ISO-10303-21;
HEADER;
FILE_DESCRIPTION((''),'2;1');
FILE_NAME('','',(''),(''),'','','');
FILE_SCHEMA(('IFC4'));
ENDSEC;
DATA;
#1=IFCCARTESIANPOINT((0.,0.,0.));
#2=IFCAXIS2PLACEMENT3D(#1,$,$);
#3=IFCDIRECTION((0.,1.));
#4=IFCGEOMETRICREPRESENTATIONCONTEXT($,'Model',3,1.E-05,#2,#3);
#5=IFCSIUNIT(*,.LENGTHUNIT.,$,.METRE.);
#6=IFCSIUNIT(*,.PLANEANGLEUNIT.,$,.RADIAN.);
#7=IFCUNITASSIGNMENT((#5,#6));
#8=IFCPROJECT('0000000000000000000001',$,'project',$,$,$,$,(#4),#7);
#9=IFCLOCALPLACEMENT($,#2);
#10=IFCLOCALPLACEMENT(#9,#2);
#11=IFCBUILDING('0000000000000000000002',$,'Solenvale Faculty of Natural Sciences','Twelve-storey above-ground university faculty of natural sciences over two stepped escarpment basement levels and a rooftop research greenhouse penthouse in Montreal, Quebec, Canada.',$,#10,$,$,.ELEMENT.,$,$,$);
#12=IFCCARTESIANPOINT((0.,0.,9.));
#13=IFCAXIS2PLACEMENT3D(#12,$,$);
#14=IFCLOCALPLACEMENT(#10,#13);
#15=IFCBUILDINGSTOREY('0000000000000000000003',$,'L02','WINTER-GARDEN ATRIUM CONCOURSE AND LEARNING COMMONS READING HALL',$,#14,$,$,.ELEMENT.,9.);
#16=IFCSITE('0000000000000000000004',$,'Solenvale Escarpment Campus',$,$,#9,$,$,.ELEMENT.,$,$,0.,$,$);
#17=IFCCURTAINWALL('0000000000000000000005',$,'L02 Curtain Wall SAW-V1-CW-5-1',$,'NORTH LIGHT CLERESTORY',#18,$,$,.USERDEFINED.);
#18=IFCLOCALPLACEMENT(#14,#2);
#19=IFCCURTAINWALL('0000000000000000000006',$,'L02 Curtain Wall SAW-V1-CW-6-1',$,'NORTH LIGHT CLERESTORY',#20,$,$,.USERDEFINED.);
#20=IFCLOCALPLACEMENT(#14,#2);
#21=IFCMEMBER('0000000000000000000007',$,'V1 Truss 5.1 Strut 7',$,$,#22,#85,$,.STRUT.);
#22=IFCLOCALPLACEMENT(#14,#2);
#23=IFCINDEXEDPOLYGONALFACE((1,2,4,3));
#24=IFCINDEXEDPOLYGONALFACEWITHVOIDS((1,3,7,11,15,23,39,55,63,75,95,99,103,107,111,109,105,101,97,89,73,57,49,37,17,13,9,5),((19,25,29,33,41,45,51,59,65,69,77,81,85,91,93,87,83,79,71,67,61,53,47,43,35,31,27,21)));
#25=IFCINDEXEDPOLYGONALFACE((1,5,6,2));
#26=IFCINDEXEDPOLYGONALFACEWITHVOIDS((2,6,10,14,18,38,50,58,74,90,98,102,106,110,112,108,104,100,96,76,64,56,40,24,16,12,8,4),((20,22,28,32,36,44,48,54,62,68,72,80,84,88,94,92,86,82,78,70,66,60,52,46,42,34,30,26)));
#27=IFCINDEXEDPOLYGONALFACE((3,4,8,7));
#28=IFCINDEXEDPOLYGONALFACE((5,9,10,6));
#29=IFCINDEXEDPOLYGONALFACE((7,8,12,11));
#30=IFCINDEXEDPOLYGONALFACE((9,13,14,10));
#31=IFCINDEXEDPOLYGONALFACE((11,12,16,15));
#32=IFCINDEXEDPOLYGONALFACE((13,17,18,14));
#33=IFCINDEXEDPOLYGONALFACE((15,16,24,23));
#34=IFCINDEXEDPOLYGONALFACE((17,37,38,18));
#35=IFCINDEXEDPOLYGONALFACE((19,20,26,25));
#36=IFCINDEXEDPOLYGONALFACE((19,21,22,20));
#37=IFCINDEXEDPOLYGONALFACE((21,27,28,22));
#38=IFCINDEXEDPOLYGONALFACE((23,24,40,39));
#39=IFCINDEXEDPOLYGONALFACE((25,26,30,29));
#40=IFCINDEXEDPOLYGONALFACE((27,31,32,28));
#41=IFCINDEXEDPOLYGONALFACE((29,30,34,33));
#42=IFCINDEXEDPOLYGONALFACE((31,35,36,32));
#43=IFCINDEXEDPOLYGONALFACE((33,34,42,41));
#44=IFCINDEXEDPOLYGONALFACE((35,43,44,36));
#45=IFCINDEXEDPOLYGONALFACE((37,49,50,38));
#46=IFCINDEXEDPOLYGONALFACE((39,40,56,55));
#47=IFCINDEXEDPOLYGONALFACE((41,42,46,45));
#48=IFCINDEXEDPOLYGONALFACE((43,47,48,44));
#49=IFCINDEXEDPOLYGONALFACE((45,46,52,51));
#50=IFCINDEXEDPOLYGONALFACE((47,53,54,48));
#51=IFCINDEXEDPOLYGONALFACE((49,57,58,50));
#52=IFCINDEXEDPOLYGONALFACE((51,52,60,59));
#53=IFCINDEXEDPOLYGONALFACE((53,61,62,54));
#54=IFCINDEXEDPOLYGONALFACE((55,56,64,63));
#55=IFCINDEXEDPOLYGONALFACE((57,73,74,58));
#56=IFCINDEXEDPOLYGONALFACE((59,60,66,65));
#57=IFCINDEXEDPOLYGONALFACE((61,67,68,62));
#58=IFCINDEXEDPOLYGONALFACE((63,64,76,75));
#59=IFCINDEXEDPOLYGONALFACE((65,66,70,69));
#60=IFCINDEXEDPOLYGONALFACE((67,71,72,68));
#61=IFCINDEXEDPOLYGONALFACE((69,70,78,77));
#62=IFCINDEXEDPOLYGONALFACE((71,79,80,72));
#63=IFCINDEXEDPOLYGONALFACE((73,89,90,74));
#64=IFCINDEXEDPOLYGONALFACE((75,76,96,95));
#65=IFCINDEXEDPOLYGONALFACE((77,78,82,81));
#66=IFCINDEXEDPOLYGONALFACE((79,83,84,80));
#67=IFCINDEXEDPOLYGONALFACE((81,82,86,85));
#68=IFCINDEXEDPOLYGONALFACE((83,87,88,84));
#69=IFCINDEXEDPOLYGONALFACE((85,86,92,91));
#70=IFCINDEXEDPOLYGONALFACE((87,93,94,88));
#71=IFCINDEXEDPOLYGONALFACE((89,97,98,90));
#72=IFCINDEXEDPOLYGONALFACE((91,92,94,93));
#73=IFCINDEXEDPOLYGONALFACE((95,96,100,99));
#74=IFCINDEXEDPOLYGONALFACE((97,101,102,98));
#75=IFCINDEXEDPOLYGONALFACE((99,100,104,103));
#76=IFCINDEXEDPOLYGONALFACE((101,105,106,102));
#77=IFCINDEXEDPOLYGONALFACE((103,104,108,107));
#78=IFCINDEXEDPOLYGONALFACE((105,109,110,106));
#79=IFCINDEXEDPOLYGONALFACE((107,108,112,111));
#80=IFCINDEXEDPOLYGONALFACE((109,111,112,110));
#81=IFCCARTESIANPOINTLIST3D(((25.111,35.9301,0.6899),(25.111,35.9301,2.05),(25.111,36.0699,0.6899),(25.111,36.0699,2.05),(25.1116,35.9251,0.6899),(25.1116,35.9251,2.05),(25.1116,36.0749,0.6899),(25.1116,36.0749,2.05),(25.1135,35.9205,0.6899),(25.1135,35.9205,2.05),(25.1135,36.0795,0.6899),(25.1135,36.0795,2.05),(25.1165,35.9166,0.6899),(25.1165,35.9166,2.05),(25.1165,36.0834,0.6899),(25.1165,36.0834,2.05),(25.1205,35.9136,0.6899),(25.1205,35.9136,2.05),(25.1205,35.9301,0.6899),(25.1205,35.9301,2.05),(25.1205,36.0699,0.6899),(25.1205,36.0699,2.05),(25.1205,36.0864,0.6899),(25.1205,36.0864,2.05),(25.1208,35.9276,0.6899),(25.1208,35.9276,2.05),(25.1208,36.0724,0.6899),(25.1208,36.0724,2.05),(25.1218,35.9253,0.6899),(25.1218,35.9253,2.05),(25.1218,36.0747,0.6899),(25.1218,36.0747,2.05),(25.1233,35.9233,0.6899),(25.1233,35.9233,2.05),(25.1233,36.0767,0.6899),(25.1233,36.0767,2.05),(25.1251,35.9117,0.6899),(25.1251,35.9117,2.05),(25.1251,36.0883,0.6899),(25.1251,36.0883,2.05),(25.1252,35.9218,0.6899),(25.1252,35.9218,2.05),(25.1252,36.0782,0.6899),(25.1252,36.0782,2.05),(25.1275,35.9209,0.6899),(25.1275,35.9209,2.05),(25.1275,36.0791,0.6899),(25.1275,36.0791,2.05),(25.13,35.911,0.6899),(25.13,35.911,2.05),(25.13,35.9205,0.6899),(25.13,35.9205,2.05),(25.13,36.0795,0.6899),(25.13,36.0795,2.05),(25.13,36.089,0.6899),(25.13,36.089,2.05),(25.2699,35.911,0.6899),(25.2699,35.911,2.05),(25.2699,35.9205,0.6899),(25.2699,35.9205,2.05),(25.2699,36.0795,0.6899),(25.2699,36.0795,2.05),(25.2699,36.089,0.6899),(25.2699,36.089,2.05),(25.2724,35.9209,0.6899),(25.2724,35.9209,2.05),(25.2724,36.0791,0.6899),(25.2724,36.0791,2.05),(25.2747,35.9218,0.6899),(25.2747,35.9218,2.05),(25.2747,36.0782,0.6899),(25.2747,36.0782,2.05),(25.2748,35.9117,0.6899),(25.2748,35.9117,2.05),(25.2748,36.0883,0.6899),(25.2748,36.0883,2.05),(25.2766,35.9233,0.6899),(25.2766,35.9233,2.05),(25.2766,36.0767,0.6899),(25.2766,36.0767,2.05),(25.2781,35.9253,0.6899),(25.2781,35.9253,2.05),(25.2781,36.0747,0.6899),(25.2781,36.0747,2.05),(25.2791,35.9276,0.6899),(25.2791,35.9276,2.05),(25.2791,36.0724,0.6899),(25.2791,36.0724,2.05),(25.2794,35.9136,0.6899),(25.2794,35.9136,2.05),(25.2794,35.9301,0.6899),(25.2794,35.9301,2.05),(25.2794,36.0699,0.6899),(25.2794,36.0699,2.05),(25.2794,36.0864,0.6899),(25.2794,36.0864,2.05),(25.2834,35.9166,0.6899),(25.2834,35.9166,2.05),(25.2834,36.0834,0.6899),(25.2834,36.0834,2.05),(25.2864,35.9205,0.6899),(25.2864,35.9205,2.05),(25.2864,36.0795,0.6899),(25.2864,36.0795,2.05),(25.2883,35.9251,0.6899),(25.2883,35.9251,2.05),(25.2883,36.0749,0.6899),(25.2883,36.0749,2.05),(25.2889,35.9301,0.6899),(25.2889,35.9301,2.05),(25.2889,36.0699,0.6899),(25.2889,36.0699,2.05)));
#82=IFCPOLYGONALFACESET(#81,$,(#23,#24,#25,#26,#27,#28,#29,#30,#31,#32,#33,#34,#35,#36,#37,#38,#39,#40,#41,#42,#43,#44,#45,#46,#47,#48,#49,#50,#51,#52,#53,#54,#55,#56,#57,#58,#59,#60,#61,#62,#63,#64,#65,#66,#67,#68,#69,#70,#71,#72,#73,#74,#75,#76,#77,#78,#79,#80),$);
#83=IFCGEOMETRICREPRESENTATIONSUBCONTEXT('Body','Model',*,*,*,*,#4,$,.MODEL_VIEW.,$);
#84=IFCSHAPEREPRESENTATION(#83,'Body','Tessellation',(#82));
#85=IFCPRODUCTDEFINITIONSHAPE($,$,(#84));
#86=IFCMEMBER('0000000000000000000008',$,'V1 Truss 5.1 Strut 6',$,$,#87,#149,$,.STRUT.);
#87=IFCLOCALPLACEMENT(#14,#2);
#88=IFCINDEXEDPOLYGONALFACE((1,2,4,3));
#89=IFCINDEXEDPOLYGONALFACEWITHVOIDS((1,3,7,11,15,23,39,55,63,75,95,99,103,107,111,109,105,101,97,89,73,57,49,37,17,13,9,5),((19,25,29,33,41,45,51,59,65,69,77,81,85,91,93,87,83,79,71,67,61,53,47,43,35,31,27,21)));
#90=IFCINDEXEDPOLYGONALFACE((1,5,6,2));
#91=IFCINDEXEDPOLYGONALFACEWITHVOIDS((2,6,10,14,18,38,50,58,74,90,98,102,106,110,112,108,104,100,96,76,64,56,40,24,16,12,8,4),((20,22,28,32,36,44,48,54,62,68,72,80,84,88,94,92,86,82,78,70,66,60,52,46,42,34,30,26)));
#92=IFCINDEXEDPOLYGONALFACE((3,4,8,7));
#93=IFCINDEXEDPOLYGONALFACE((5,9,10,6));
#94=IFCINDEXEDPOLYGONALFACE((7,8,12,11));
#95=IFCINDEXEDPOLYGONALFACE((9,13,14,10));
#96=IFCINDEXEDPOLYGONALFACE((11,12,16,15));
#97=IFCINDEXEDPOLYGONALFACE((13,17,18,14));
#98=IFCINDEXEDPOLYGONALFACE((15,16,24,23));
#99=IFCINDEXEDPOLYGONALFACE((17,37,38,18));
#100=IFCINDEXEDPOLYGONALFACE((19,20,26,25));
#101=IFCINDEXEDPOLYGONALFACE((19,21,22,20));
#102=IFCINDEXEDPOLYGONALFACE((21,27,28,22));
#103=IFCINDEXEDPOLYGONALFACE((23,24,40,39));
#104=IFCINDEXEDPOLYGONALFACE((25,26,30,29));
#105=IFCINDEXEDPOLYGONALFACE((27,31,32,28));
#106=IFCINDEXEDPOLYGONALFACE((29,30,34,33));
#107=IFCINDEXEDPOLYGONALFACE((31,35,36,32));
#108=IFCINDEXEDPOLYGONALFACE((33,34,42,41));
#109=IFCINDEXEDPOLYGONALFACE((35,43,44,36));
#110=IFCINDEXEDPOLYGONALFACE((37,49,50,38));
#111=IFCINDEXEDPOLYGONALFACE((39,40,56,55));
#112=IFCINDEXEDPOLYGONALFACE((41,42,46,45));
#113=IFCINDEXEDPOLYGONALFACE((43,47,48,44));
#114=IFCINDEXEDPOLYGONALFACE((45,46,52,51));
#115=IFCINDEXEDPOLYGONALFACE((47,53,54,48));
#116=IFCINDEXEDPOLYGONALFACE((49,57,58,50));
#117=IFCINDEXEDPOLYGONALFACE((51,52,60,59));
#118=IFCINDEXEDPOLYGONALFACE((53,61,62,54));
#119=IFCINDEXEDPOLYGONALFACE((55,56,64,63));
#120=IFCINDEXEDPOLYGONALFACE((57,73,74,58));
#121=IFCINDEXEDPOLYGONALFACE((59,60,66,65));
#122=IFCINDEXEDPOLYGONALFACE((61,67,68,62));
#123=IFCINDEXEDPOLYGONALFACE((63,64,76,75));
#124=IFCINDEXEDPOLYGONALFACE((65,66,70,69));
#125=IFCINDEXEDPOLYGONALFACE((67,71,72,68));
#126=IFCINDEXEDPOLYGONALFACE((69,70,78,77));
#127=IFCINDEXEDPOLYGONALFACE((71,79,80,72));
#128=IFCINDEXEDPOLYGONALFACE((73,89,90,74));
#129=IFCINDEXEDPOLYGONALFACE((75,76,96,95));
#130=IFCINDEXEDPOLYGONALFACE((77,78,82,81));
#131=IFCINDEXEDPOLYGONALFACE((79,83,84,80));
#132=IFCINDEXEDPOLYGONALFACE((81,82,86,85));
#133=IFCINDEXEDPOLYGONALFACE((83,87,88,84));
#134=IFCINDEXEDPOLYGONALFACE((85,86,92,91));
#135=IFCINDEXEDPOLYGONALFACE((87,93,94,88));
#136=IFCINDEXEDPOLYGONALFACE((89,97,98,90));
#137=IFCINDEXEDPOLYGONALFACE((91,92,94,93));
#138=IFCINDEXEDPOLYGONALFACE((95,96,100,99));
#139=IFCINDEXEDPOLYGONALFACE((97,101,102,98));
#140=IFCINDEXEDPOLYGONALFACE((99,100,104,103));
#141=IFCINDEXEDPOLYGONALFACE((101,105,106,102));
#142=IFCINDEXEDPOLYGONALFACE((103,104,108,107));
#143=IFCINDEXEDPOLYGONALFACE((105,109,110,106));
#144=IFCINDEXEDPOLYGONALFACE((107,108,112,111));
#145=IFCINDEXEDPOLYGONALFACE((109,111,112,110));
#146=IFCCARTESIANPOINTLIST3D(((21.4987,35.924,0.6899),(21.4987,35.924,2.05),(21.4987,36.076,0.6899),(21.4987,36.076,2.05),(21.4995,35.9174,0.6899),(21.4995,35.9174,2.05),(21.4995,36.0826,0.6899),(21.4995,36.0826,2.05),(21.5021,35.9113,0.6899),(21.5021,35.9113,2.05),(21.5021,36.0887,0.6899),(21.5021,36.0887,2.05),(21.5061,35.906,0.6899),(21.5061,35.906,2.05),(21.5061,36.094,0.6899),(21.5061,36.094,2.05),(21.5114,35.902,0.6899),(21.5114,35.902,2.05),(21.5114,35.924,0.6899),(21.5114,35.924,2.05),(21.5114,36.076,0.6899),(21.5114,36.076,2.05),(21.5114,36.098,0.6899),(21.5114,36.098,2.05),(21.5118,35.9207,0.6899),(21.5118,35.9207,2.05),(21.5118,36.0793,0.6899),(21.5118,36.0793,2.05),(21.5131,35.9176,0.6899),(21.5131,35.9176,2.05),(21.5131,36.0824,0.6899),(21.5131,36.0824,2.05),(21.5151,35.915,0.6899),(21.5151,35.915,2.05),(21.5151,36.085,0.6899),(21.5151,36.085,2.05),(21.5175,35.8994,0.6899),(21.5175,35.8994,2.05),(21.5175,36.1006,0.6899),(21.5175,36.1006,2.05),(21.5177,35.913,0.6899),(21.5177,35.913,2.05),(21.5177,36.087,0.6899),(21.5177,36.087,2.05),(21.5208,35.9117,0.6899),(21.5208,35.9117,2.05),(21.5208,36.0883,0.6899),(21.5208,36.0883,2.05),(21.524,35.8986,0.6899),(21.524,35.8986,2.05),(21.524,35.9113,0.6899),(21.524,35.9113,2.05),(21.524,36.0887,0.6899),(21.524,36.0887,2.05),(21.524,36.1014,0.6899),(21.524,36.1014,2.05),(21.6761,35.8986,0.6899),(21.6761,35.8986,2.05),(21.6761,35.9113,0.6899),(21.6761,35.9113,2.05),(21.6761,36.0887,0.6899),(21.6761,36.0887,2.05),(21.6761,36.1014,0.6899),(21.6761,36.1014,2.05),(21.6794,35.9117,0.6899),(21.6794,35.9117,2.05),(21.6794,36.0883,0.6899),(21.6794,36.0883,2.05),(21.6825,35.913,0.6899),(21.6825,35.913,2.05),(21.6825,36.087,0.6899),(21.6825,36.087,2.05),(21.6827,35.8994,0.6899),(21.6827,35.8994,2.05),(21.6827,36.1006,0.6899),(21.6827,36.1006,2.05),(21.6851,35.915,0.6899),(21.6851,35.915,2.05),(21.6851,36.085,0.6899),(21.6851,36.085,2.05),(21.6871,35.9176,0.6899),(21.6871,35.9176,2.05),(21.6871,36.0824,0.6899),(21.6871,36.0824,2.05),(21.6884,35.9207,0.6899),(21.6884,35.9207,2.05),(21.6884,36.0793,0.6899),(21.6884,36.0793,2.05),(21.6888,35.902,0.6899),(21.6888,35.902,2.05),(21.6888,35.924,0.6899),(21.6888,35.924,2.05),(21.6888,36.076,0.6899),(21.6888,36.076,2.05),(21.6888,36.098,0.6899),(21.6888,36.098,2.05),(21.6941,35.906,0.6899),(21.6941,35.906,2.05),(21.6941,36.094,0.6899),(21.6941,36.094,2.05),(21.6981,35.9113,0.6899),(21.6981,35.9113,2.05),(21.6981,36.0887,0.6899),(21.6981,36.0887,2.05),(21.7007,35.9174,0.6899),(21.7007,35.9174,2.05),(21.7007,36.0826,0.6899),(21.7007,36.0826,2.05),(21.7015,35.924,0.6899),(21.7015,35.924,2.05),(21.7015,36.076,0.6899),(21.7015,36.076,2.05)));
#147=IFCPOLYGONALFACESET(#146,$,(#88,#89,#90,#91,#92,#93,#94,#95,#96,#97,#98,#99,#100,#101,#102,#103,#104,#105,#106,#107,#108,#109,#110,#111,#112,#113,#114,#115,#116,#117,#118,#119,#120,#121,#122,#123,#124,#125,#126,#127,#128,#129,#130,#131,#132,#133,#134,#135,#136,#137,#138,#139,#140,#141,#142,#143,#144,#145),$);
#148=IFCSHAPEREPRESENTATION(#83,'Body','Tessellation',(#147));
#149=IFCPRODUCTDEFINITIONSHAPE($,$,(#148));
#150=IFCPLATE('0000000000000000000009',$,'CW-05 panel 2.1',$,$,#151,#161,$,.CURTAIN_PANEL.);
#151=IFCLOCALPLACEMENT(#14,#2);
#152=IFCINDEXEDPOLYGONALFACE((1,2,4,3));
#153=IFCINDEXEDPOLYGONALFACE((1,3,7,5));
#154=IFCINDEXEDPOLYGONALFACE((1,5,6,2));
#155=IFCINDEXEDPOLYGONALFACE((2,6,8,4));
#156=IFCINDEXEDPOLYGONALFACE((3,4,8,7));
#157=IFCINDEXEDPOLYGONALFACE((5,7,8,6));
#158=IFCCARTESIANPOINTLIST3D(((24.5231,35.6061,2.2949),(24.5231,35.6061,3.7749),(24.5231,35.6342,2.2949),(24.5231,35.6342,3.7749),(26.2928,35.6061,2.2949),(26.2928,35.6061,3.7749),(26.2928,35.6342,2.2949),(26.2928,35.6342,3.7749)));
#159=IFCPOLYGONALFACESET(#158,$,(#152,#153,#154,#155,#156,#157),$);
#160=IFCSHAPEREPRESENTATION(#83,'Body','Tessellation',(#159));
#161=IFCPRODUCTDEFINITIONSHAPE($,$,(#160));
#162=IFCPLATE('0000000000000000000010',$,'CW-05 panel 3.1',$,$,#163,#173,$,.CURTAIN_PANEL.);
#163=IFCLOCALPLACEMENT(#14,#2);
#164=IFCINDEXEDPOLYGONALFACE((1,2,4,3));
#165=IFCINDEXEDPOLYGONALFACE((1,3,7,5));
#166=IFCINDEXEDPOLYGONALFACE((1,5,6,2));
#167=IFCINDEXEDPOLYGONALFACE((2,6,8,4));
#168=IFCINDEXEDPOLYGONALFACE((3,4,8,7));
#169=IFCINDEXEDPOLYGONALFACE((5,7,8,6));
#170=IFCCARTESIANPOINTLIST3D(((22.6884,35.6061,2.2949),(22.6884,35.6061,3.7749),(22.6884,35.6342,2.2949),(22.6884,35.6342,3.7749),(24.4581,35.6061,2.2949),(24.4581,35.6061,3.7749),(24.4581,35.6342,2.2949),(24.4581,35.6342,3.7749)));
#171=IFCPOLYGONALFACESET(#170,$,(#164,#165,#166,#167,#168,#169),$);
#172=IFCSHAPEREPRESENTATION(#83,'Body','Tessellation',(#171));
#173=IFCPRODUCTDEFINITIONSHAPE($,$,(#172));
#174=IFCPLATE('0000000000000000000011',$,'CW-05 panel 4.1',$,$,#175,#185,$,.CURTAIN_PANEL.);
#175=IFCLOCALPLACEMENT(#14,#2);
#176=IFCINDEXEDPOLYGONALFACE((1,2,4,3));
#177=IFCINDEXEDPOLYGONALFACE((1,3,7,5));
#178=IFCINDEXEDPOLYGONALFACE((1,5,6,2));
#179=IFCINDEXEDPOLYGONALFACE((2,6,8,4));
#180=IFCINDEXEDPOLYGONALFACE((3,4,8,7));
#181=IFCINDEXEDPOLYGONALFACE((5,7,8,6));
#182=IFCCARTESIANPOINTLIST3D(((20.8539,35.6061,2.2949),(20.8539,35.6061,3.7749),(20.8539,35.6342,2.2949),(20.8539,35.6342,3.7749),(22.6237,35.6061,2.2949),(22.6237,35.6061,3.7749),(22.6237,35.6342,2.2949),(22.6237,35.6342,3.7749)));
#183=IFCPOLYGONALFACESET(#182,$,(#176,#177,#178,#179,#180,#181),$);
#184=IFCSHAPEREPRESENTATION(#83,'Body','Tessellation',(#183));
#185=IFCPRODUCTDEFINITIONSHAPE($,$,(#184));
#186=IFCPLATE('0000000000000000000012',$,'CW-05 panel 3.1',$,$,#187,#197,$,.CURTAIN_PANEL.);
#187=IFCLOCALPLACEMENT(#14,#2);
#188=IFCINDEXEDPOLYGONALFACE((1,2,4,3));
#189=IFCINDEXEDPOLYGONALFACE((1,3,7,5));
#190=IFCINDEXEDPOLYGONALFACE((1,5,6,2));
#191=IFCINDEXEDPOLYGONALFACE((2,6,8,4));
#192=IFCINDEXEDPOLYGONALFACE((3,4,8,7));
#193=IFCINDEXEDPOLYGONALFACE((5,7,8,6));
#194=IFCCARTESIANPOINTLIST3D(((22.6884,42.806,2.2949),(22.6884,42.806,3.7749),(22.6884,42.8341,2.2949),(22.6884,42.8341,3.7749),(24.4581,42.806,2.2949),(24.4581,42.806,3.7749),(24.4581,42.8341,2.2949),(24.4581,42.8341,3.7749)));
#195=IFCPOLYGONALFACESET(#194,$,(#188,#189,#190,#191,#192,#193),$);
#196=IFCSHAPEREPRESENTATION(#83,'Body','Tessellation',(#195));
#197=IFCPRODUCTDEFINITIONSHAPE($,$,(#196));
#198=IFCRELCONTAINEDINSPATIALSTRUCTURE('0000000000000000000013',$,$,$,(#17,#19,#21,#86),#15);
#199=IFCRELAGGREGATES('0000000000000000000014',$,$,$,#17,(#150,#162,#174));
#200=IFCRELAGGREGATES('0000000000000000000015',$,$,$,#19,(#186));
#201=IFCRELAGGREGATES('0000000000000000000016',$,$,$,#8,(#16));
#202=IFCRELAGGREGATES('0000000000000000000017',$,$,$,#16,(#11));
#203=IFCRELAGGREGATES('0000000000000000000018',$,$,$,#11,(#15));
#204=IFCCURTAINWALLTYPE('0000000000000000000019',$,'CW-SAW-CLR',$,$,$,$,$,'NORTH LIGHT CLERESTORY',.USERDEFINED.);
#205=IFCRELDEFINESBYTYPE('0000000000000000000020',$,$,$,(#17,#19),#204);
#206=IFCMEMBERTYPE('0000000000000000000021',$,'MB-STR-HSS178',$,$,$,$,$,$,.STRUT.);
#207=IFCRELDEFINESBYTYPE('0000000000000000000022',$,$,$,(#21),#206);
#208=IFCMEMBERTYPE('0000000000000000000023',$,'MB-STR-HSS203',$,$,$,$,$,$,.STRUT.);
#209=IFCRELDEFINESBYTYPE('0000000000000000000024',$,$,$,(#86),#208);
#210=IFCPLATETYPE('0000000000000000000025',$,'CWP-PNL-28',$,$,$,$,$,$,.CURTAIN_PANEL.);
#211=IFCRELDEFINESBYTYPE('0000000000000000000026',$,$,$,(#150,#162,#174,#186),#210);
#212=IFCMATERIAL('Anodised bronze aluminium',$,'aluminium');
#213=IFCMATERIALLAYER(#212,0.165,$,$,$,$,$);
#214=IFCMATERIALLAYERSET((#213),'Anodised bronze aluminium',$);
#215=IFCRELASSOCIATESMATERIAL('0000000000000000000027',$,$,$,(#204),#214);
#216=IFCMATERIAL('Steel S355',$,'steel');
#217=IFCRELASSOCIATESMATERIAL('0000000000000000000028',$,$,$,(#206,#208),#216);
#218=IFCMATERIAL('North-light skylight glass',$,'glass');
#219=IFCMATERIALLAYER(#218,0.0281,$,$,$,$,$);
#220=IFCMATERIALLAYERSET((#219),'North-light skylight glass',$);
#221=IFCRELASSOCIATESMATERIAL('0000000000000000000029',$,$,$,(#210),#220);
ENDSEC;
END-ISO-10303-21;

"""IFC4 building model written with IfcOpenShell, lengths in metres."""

from ifc_helpers import new_model, si_unit, direction, frame, origin, origin_2d, place, context, subcontext, project, spatial, rectangle, hollow_rectangle, extrude, material, layer, layer_set, material_profile, profile_set, type_object, element, aggregate, save


model = new_model("IFC4")

# Units and contexts
model_context = context("Model", 3, precision=1e-05, world=origin(), true_north=direction((0.0, 1.0)))
body_context = subcontext(model_context, "Body", "Model", "MODEL_VIEW")
ifc_project = project(units=[si_unit("LENGTHUNIT", "METRE"), si_unit("PLANEANGLEUNIT", "RADIAN")], contexts=[model_context])

# Site, building, storey
site_placement = place(None, origin())
site = spatial("IfcSite", under=ifc_project, at=site_placement, Name="Solenvale Escarpment Campus", CompositionType="ELEMENT", RefElevation=0.0)
building_placement = place(site_placement, origin())
building = spatial("IfcBuilding", under=site, at=building_placement, Name="Solenvale Faculty of Natural Sciences", Description="Twelve-storey above-ground university faculty of natural sciences over two stepped escarpment basement levels and a rooftop research greenhouse penthouse in Montreal, Quebec, Canada.", CompositionType="ELEMENT")
storey_placement = place(building_placement, frame((0.0, 0.0, 9.0)))
storey = spatial("IfcBuildingStorey", under=building, at=storey_placement, Name="L02", Description="WINTER-GARDEN ATRIUM CONCOURSE AND LEARNING COMMONS READING HALL", CompositionType="ELEMENT", Elevation=9.0)

# Curtain walls
ifc_material_1 = material(Name="Anodised bronze aluminium", Category="aluminium")
ifc_layer_1 = layer(ifc_material_1, 0.165)
ifc_layer_set_1 = layer_set([ifc_layer_1], Name="Anodised bronze aluminium")
curtain_wall_type = type_object("IfcCurtainWallType", Name="CW-SAW-CLR", ElementType="NORTH LIGHT CLERESTORY", PredefinedType="USERDEFINED", material=ifc_layer_set_1)
curtain_wall_1_placement = place(storey_placement, origin())
curtain_wall_1 = element("IfcCurtainWall", 1, at=curtain_wall_1_placement, inside=storey, type_object=curtain_wall_type, Name="L02 Curtain Wall SAW-V1-CW-5-1", ObjectType="NORTH LIGHT CLERESTORY", PredefinedType="USERDEFINED")
curtain_wall_2_placement = place(storey_placement, origin())
curtain_wall_2 = element("IfcCurtainWall", 2, at=curtain_wall_2_placement, inside=storey, type_object=curtain_wall_type, Name="L02 Curtain Wall SAW-V1-CW-6-1", ObjectType="NORTH LIGHT CLERESTORY", PredefinedType="USERDEFINED")

# Members
ifc_material_2 = material(Name="Steel S355", Category="steel")
ifc_material_profile_1 = material_profile(ifc_material_2, hollow_rectangle(XDim=0.178, YDim=0.178, WallThickness=0.0095, InnerFilletRadius=0.0095, OuterFilletRadius=0.019, at=origin_2d()), Name="HSS178x178x9.5")
ifc_profile_set_1 = profile_set([ifc_material_profile_1], Name="Steel S355")
member_type_1 = type_object("IfcMemberType", Name="MB-STR-HSS178", PredefinedType="STRUT", material=ifc_profile_set_1)
member_1_placement = place(storey_placement, frame((25.2, 36.0, 0.6899), z_axis=(0.0, 0.0, 1.0), x_axis=(1.0, 0.0, 0.0)))
element("IfcMember", 3, at=member_1_placement, inside=storey, type_object=member_type_1, Name="V1 Truss 5.1 Strut 7", PredefinedType="STRUT", context=body_context, shape_type="SweptSolid", body=[
    extrude(hollow_rectangle(XDim=0.178, YDim=0.178, WallThickness=0.0095, InnerFilletRadius=0.0095, OuterFilletRadius=0.019, at=origin_2d()), origin(), (0.0, 0.0, 1.0), 1.3601),
])
ifc_material_profile_2 = material_profile(ifc_material_2, hollow_rectangle(XDim=0.2029, YDim=0.2029, WallThickness=0.0127, InnerFilletRadius=0.0127, OuterFilletRadius=0.0254, at=origin_2d()), Name="HSS203x203x13")
ifc_profile_set_2 = profile_set([ifc_material_profile_2], Name="Steel S355")
member_type_2 = type_object("IfcMemberType", Name="MB-STR-HSS203", PredefinedType="STRUT", material=ifc_profile_set_2)
member_2_placement = place(storey_placement, frame((21.6001, 36.0, 0.6899), z_axis=(0.0, 0.0, 1.0), x_axis=(1.0, 0.0, 0.0)))
element("IfcMember", 4, at=member_2_placement, inside=storey, type_object=member_type_2, Name="V1 Truss 5.1 Strut 6", PredefinedType="STRUT", context=body_context, shape_type="SweptSolid", body=[
    extrude(hollow_rectangle(XDim=0.2029, YDim=0.2029, WallThickness=0.0127, InnerFilletRadius=0.0127, OuterFilletRadius=0.0254, at=origin_2d()), origin(), (0.0, 0.0, 1.0), 1.3601),
])

# Plates
ifc_material_3 = material(Name="North-light skylight glass", Category="glass")
ifc_layer_2 = layer(ifc_material_3, 0.0281)
ifc_layer_set_2 = layer_set([ifc_layer_2], Name="North-light skylight glass")
plate_type_1 = type_object("IfcPlateType", Name="CWP-PNL-28", PredefinedType="CURTAIN_PANEL", material=ifc_layer_set_2)
plate_1_placement = place(storey_placement, frame((25.408, 35.6201, 2.2949), z_axis=(0.0, 0.0, 1.0), x_axis=(-1.0, 0.0, 0.0)))
plate_1 = element("IfcPlate", 5, at=plate_1_placement, type_object=plate_type_1, Name="CW-05 panel 2.1", PredefinedType="CURTAIN_PANEL", context=body_context, shape_type="SweptSolid", body=[
    extrude(rectangle(XDim=1.7698, YDim=0.0281, at=origin_2d()), origin(), (0.0, 0.0, 1.0), 1.48),
])
plate_2_placement = place(storey_placement, frame((23.5732, 35.6201, 2.2949), z_axis=(0.0, 0.0, 1.0), x_axis=(-1.0, 0.0, 0.0)))
plate_2 = element("IfcPlate", 6, at=plate_2_placement, type_object=plate_type_1, Name="CW-05 panel 3.1", PredefinedType="CURTAIN_PANEL", context=body_context, shape_type="SweptSolid", body=[
    extrude(rectangle(XDim=1.7698, YDim=0.0281, at=origin_2d()), origin(), (0.0, 0.0, 1.0), 1.48),
])
plate_3_placement = place(storey_placement, frame((21.7388, 35.6201, 2.2949), z_axis=(0.0, 0.0, 1.0), x_axis=(-1.0, 0.0, 0.0)))
plate_3 = element("IfcPlate", 7, at=plate_3_placement, type_object=plate_type_1, Name="CW-05 panel 4.1", PredefinedType="CURTAIN_PANEL", context=body_context, shape_type="SweptSolid", body=[
    extrude(rectangle(XDim=1.7698, YDim=0.0281, at=origin_2d()), origin(), (0.0, 0.0, 1.0), 1.48),
])
aggregate(curtain_wall_1, [plate_1, plate_2, plate_3])
plate_4_placement = place(storey_placement, frame((23.5732, 42.8201, 2.2949), z_axis=(0.0, 0.0, 1.0), x_axis=(-1.0, 0.0, 0.0)))
plate_4 = element("IfcPlate", 8, at=plate_4_placement, type_object=plate_type_1, Name="CW-05 panel 3.1", PredefinedType="CURTAIN_PANEL", context=body_context, shape_type="SweptSolid", body=[
    extrude(rectangle(XDim=1.7698, YDim=0.0281, at=origin_2d()), origin(), (0.0, 0.0, 1.0), 1.48),
])
aggregate(curtain_wall_2, [plate_4])

save(model, "model.ifc")
